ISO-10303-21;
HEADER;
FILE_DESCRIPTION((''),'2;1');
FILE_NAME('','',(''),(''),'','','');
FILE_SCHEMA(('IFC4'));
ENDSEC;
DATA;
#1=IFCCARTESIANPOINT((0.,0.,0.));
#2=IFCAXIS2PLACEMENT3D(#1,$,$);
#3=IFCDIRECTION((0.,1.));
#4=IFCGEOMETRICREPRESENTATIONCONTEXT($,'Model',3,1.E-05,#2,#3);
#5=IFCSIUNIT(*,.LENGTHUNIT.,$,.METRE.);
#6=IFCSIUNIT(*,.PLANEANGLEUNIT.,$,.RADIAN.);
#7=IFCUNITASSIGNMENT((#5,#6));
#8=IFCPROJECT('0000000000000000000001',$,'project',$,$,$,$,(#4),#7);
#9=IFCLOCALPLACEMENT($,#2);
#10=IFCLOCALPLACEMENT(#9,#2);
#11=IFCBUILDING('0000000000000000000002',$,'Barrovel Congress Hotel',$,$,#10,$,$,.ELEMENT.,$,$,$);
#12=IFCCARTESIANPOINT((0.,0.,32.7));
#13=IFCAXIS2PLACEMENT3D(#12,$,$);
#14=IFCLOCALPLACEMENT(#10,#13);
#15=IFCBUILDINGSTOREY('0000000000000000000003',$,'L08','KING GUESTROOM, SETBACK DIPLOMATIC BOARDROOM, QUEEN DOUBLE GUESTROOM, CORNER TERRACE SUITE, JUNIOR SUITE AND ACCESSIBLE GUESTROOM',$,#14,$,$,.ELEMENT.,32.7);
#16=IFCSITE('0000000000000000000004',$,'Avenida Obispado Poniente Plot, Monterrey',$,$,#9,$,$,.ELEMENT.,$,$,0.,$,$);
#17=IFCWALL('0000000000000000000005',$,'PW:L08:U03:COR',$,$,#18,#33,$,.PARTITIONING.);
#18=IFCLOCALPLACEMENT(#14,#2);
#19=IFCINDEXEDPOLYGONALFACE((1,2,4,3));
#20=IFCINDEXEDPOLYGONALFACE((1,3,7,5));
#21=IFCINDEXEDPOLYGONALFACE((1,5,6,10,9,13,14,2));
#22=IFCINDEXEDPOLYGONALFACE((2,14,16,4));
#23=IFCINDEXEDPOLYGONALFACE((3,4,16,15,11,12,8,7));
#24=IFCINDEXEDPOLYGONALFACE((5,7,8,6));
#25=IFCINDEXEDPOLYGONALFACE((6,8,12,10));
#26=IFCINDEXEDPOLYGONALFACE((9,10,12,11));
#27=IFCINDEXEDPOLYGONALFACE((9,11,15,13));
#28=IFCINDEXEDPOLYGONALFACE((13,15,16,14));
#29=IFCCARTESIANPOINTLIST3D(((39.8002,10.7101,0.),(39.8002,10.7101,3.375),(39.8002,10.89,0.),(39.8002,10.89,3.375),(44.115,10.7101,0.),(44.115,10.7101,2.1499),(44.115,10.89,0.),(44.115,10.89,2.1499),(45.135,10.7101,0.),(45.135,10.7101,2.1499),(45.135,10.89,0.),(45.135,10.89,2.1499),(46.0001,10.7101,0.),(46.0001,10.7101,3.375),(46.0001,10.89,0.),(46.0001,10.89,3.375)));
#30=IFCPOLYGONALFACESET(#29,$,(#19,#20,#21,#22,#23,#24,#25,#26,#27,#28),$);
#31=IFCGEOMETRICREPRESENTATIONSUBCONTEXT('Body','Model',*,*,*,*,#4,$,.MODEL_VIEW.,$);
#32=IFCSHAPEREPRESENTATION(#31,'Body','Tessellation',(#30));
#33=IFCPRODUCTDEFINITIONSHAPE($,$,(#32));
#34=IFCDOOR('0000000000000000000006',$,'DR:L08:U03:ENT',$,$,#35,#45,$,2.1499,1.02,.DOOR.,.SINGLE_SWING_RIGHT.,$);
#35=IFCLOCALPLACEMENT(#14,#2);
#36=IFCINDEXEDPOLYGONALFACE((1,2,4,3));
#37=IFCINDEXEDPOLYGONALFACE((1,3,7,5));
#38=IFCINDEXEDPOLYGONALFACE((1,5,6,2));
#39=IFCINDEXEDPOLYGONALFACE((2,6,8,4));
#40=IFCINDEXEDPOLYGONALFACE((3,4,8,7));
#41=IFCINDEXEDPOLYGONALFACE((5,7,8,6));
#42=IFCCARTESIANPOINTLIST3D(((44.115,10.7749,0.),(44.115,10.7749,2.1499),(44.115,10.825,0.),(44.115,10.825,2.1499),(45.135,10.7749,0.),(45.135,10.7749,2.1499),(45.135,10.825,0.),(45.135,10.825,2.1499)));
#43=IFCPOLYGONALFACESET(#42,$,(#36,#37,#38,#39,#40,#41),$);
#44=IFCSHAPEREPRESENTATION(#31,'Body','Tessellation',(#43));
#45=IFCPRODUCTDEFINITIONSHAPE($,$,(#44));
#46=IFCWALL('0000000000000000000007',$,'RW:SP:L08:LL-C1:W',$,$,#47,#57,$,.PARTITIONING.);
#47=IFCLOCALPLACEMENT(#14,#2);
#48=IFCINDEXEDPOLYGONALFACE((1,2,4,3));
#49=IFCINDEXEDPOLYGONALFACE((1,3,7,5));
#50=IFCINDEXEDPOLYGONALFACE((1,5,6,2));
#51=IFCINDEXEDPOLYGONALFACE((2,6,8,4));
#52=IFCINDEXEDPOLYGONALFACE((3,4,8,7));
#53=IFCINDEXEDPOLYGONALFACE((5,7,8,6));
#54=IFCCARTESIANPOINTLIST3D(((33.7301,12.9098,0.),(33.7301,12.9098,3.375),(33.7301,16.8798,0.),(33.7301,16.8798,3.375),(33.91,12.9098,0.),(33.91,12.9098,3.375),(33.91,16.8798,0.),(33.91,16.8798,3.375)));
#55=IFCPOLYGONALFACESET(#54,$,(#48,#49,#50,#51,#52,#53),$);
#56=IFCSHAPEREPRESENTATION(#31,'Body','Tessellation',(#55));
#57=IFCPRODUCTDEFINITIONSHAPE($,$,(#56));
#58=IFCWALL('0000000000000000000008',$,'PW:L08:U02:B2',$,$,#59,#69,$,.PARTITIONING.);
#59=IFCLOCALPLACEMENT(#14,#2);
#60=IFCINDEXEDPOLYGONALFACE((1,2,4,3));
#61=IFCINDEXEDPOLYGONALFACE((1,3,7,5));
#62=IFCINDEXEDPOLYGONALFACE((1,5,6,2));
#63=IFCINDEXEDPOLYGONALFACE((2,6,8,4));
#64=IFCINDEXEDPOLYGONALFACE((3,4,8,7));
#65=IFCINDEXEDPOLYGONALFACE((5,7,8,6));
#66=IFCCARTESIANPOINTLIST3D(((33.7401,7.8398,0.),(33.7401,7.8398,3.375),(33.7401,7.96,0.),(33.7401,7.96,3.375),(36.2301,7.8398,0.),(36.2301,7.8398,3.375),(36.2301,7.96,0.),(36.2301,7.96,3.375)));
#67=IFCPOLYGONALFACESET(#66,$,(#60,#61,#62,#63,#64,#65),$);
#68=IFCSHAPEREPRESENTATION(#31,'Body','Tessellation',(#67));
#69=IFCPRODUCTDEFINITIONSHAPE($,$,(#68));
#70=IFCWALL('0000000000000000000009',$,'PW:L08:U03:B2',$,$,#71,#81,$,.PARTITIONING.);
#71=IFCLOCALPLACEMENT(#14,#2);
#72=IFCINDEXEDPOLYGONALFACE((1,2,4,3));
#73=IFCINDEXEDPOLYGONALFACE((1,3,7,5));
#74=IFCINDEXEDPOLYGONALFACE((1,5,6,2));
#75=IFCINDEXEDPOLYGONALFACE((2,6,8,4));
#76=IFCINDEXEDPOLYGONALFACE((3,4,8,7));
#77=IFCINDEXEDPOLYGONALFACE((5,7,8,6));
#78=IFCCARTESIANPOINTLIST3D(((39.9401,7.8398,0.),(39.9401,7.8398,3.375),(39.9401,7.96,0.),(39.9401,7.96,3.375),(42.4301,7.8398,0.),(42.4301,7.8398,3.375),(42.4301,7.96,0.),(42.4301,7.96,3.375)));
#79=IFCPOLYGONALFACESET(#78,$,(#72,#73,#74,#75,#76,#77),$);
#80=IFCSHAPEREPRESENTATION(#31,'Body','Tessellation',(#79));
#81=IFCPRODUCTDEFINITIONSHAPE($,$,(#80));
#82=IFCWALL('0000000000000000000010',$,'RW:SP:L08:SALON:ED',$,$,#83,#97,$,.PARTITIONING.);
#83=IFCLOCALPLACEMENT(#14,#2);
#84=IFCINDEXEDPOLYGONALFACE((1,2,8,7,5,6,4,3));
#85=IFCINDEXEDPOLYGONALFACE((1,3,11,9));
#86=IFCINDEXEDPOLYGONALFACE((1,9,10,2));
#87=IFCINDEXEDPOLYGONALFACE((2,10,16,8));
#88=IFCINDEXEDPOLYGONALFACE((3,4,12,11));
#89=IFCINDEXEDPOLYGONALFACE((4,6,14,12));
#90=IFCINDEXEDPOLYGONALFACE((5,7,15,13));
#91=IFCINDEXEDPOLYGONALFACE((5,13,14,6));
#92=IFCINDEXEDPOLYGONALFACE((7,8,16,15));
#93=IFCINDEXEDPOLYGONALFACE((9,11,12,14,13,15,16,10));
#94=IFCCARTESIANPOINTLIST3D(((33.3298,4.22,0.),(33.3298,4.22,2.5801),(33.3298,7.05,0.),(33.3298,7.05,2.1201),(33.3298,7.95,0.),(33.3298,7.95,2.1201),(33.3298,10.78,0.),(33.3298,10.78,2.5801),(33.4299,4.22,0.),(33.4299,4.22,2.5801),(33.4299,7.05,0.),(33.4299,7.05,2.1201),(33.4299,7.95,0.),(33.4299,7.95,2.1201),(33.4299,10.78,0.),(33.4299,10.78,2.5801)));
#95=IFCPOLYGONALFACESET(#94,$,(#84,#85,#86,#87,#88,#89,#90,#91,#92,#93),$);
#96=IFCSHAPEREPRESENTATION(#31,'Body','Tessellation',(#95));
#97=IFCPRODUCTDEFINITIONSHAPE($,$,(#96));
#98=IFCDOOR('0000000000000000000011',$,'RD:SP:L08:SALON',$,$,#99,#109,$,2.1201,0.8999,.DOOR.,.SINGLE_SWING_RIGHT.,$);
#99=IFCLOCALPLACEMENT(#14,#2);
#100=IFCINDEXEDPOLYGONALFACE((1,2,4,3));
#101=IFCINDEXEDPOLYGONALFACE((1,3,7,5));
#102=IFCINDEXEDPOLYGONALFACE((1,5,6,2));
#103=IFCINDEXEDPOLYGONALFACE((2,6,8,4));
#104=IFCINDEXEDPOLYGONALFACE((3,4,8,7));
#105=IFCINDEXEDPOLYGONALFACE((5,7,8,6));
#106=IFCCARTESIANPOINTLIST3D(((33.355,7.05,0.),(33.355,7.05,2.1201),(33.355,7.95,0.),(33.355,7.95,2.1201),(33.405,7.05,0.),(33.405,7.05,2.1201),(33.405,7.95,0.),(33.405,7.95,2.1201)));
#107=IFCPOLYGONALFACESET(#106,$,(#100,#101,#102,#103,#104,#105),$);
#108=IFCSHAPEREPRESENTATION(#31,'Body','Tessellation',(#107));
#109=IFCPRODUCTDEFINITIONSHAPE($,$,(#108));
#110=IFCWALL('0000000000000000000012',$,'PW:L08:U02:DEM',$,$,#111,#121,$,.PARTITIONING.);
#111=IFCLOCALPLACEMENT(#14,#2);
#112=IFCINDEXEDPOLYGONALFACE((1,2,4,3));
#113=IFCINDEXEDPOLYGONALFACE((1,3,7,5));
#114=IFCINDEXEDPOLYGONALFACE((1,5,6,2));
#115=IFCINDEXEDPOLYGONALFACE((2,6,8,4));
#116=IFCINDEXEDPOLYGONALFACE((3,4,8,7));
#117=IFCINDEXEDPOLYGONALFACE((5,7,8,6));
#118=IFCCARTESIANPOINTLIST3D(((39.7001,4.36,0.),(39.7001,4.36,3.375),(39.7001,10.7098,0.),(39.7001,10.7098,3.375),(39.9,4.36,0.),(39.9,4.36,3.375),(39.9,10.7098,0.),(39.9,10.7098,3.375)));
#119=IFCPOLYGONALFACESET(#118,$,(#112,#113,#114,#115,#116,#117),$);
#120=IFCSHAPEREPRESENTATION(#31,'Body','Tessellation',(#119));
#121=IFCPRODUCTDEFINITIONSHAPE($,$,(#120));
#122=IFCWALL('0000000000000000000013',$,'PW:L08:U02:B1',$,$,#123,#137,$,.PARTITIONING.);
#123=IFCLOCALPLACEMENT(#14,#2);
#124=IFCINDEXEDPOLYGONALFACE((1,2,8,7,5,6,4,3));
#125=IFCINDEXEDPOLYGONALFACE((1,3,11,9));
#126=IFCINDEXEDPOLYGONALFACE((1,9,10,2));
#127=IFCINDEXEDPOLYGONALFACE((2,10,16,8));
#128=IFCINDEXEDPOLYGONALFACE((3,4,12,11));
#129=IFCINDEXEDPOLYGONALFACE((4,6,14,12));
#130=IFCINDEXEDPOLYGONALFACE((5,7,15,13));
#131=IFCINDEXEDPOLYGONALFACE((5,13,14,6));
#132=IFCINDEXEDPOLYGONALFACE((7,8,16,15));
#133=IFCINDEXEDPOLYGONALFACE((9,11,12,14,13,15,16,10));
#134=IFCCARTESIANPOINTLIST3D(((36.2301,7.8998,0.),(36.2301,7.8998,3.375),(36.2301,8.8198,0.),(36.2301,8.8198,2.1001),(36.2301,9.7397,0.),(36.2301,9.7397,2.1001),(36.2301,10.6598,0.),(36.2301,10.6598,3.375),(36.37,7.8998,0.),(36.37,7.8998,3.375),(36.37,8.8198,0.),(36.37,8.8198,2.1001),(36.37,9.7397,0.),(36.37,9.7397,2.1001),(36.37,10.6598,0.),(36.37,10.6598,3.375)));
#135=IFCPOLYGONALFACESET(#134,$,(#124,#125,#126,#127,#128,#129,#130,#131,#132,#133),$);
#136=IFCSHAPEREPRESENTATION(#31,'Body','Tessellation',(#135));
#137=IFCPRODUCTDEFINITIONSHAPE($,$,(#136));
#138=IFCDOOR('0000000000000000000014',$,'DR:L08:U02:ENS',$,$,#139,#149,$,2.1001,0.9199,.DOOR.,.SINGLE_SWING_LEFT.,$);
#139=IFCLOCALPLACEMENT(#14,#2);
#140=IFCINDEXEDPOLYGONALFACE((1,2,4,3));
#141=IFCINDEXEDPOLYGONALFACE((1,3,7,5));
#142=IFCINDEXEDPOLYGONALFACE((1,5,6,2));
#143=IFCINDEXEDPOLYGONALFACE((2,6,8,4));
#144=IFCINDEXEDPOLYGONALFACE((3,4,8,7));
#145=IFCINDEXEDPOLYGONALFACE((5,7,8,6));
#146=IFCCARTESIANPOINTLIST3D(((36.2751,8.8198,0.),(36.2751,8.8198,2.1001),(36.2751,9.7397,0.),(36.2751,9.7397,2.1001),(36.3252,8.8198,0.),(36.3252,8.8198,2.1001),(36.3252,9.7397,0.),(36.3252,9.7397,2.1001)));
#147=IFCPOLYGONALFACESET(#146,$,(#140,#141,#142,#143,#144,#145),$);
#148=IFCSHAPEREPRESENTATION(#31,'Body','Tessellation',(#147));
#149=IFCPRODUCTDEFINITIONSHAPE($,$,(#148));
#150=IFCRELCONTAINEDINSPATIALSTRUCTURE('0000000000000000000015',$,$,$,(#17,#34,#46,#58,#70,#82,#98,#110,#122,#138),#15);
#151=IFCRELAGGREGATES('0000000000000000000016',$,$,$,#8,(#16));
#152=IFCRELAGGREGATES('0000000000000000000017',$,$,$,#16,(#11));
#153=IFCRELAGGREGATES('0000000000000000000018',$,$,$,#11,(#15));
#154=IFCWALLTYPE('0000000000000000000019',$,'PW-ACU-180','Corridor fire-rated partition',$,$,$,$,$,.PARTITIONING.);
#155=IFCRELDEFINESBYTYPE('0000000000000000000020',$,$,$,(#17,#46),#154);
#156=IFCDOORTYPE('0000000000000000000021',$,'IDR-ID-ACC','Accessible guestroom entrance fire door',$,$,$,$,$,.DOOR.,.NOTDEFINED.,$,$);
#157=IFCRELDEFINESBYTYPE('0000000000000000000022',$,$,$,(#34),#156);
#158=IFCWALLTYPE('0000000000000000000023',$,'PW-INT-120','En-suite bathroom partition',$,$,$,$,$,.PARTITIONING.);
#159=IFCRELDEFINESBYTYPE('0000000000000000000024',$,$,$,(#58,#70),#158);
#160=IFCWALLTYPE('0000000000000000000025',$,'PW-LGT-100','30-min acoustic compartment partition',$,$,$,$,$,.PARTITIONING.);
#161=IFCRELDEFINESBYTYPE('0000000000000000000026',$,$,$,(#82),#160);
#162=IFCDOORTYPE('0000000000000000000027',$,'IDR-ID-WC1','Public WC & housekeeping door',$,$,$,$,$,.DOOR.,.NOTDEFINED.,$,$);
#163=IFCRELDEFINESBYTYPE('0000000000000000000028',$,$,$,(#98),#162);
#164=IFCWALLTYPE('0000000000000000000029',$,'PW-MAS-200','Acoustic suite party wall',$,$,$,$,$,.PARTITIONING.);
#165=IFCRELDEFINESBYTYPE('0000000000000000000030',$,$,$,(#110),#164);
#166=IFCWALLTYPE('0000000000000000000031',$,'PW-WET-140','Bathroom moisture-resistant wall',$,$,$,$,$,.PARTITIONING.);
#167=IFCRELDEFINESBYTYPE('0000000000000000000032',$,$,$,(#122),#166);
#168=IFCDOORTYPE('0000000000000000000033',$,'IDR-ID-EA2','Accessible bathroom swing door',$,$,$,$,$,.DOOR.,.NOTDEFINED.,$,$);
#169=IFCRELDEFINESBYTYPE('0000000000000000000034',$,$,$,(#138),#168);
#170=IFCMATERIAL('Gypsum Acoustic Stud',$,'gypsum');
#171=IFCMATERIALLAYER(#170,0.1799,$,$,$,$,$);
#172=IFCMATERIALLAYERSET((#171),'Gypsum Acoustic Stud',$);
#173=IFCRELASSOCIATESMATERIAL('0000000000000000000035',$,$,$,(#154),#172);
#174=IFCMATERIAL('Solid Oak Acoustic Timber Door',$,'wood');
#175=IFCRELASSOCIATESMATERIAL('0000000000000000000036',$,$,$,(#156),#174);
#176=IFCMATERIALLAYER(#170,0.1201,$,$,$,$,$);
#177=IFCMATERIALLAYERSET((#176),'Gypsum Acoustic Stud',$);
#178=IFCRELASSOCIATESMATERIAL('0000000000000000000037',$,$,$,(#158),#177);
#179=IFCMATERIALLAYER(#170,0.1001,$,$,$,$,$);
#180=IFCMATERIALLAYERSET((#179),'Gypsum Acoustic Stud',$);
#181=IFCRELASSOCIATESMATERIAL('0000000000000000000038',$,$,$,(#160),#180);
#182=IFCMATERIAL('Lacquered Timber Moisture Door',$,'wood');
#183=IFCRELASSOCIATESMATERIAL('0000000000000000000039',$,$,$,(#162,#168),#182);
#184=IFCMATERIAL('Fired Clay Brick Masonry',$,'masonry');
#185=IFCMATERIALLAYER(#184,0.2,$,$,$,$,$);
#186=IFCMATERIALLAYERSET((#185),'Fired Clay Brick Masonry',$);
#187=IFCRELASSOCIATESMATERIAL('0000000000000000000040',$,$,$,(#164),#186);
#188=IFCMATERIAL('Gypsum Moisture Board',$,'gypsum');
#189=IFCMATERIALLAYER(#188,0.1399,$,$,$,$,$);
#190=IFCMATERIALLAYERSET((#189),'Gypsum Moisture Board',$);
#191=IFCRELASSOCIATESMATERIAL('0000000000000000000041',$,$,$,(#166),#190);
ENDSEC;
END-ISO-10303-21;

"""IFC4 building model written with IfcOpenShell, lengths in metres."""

from ifc_helpers import new_model, si_unit, direction, frame, frame_2d, origin, place, context, subcontext, project, spatial, rectangle, extrude, material, layer, layer_set, type_object, element, fill, save


model = new_model("IFC4")

# Units and contexts
model_context = context("Model", 3, precision=1e-05, world=origin(), true_north=direction((0.0, 1.0)))
body_context = subcontext(model_context, "Body", "Model", "MODEL_VIEW")
ifc_project = project(units=[si_unit("LENGTHUNIT", "METRE"), si_unit("PLANEANGLEUNIT", "RADIAN")], contexts=[model_context])

# Site, building, storey
site_placement = place(None, origin())
site = spatial("IfcSite", under=ifc_project, at=site_placement, Name="Avenida Obispado Poniente Plot, Monterrey", CompositionType="ELEMENT", RefElevation=0.0)
building_placement = place(site_placement, origin())
building = spatial("IfcBuilding", under=site, at=building_placement, Name="Barrovel Congress Hotel", CompositionType="ELEMENT")
storey_placement = place(building_placement, frame((0.0, 0.0, 32.7)))
storey = spatial("IfcBuildingStorey", under=building, at=storey_placement, Name="L08", Description="KING GUESTROOM, SETBACK DIPLOMATIC BOARDROOM, QUEEN DOUBLE GUESTROOM, CORNER TERRACE SUITE, JUNIOR SUITE AND ACCESSIBLE GUESTROOM", CompositionType="ELEMENT", Elevation=32.7)

# Shared definitions
ifc_material_1 = material(Name="Fired Clay Brick Masonry", Category="masonry")

# Wall, opening, door
ifc_material_2 = material(Name="Gypsum Acoustic Stud", Category="gypsum")
ifc_layer_1 = layer(ifc_material_2, 0.1799)
ifc_layer_set_1 = layer_set([ifc_layer_1], Name="Gypsum Acoustic Stud")
wall_type_1 = type_object("IfcWallType", Name="PW-ACU-180", Description="Corridor fire-rated partition", PredefinedType="PARTITIONING", material=ifc_layer_set_1)
ifc_material_3 = material(Name="Solid Oak Acoustic Timber Door", Category="wood")
door_type_1 = type_object("IfcDoorType", Name="IDR-ID-ACC", Description="Accessible guestroom entrance fire door", OperationType="NOTDEFINED", PredefinedType="DOOR", material=ifc_material_3)
wall_1_placement = place(storey_placement, frame((39.8, 10.8, 0.0), z_axis=(0.0, 0.0, 1.0), x_axis=(1.0, 0.0, 0.0)))
wall_1 = element("IfcWall", 1, at=wall_1_placement, inside=storey, type_object=wall_type_1, Name="PW:L08:U03:COR", PredefinedType="PARTITIONING", context=body_context, shape_type="SweptSolid", body=[
    extrude(rectangle(XDim=6.2, YDim=0.1799, at=frame_2d((3.1001, 0.0))), origin(), (0.0, 0.0, 1.0), 3.375),
])
opening_1_placement = place(wall_1_placement, frame((4.3149, 0.0, 0.0)))
opening_1 = element("IfcOpeningElement", 2, at=opening_1_placement, cuts=wall_1, PredefinedType="OPENING", context=body_context, shape_type="SweptSolid", body=[
    extrude(rectangle(XDim=1.02, YDim=2.1499, at=frame_2d((0.51, 1.075))), frame((0.0, 0.1001, 0.0), z_axis=(0.0, -1.0, 0.0), x_axis=(1.0, 0.0, 0.0)), (0.0, 0.0, 1.0), 0.2),
])
door_1_placement = place(opening_1_placement, origin())
door_1 = element("IfcDoor", 3, at=door_1_placement, inside=storey, type_object=door_type_1, Name="DR:L08:U03:ENT", OperationType="SINGLE_SWING_RIGHT", OverallHeight=2.1499, OverallWidth=1.02, PredefinedType="DOOR", context=body_context, shape_type="SweptSolid", body=[
    extrude(rectangle(XDim=1.02, YDim=2.1499, at=frame_2d((0.51, 1.075))), frame((0.0, 0.0249, 0.0), z_axis=(0.0, -1.0, 0.0), x_axis=(1.0, 0.0, 0.0)), (0.0, 0.0, 1.0), 0.05),
])
fill(opening_1, door_1)

# Wall
wall_2_placement = place(storey_placement, frame((33.8201, 12.9099, 0.0), z_axis=(0.0, 0.0, 1.0), x_axis=(0.0, 1.0, 0.0)))
element("IfcWall", 4, at=wall_2_placement, inside=storey, type_object=wall_type_1, Name="RW:SP:L08:LL-C1:W", PredefinedType="PARTITIONING", context=body_context, shape_type="SweptSolid", body=[
    extrude(rectangle(XDim=3.97, YDim=0.1799, at=frame_2d((1.9849, 0.0))), origin(), (0.0, 0.0, 1.0), 3.375),
])

# Walls
ifc_layer_2 = layer(ifc_material_2, 0.1201)
ifc_layer_set_2 = layer_set([ifc_layer_2], Name="Gypsum Acoustic Stud")
wall_type_2 = type_object("IfcWallType", Name="PW-INT-120", Description="En-suite bathroom partition", PredefinedType="PARTITIONING", material=ifc_layer_set_2)
for number, where, z_axis, x_axis, name in (
    (5, (33.74, 7.8999, 0.0), (0.0, 0.0, 1.0), (1.0, 0.0, 0.0), "PW:L08:U02:B2"),
    (6, (39.9399, 7.8999, 0.0), (0.0, 0.0, 1.0), (1.0, 0.0, 0.0), "PW:L08:U03:B2"),
):
    element("IfcWall", number, at=place(storey_placement, frame(where, z_axis=z_axis, x_axis=x_axis)), inside=storey, type_object=wall_type_2, Name=name, PredefinedType="PARTITIONING", context=body_context, shape_type="SweptSolid", body=[
        extrude(rectangle(XDim=2.49, YDim=0.1201, at=frame_2d((1.2451, 0.0))), origin(), (0.0, 0.0, 1.0), 3.375),
    ])

# Wall, opening, door
ifc_layer_3 = layer(ifc_material_2, 0.1001)
ifc_layer_set_3 = layer_set([ifc_layer_3], Name="Gypsum Acoustic Stud")
wall_type_3 = type_object("IfcWallType", Name="PW-LGT-100", Description="30-min acoustic compartment partition", PredefinedType="PARTITIONING", material=ifc_layer_set_3)
wall_3_placement = place(storey_placement, frame((33.3799, 4.22, 0.0), z_axis=(0.0, 0.0, 1.0), x_axis=(0.0, 1.0, 0.0)))
wall_3 = element("IfcWall", 7, at=wall_3_placement, inside=storey, type_object=wall_type_3, Name="RW:SP:L08:SALON:ED", PredefinedType="PARTITIONING", context=body_context, shape_type="SweptSolid", body=[
    extrude(rectangle(XDim=6.5601, YDim=0.1001, at=frame_2d((3.28, 0.0))), origin(), (0.0, 0.0, 1.0), 2.5801),
])
opening_2_placement = place(wall_3_placement, frame((2.8301, 0.0, 0.0)))
opening_2 = element("IfcOpeningElement", 8, at=opening_2_placement, cuts=wall_3, PredefinedType="OPENING", context=body_context, shape_type="SweptSolid", body=[
    extrude(rectangle(XDim=0.8999, YDim=2.1201, at=frame_2d((0.45, 1.0601))), frame((0.0, 0.0601, 0.0), z_axis=(0.0, -1.0, 0.0), x_axis=(1.0, 0.0, 0.0)), (0.0, 0.0, 1.0), 0.1201),
])
ifc_material_4 = material(Name="Lacquered Timber Moisture Door", Category="wood")
door_type_2 = type_object("IfcDoorType", Name="IDR-ID-WC1", Description="Public WC & housekeeping door", OperationType="NOTDEFINED", PredefinedType="DOOR", material=ifc_material_4)
door_2_placement = place(opening_2_placement, origin())
door_2 = element("IfcDoor", 9, at=door_2_placement, inside=storey, type_object=door_type_2, Name="RD:SP:L08:SALON", OperationType="SINGLE_SWING_RIGHT", OverallHeight=2.1201, OverallWidth=0.8999, PredefinedType="DOOR", context=body_context, shape_type="SweptSolid", body=[
    extrude(rectangle(XDim=0.8999, YDim=2.1201, at=frame_2d((0.45, 1.0601))), frame((0.0, 0.0249, 0.0), z_axis=(0.0, -1.0, 0.0), x_axis=(1.0, 0.0, 0.0)), (0.0, 0.0, 1.0), 0.05),
])
fill(opening_2, door_2)

# Wall
ifc_layer_4 = layer(ifc_material_1, 0.2)
ifc_layer_set_4 = layer_set([ifc_layer_4], Name="Fired Clay Brick Masonry")
wall_type_4 = type_object("IfcWallType", Name="PW-MAS-200", Description="Acoustic suite party wall", PredefinedType="PARTITIONING", material=ifc_layer_set_4)
wall_4_placement = place(storey_placement, frame((39.8, 4.3601, 0.0), z_axis=(0.0, 0.0, 1.0), x_axis=(0.0, 1.0, 0.0)))
element("IfcWall", 10, at=wall_4_placement, inside=storey, type_object=wall_type_4, Name="PW:L08:U02:DEM", PredefinedType="PARTITIONING", context=body_context, shape_type="SweptSolid", body=[
    extrude(rectangle(XDim=6.3499, YDim=0.2, at=frame_2d((3.1748, 0.0))), origin(), (0.0, 0.0, 1.0), 3.375),
])

# Wall, opening, door
ifc_material_5 = material(Name="Gypsum Moisture Board", Category="gypsum")
ifc_layer_5 = layer(ifc_material_5, 0.1399)
ifc_layer_set_5 = layer_set([ifc_layer_5], Name="Gypsum Moisture Board")
wall_type_5 = type_object("IfcWallType", Name="PW-WET-140", Description="Bathroom moisture-resistant wall", PredefinedType="PARTITIONING", material=ifc_layer_set_5)
wall_5_placement = place(storey_placement, frame((36.3, 7.8999, 0.0), z_axis=(0.0, 0.0, 1.0), x_axis=(0.0, 1.0, 0.0)))
wall_5 = element("IfcWall", 11, at=wall_5_placement, inside=storey, type_object=wall_type_5, Name="PW:L08:U02:B1", PredefinedType="PARTITIONING", context=body_context, shape_type="SweptSolid", body=[
    extrude(rectangle(XDim=2.76, YDim=0.1399, at=frame_2d((1.3799, 0.0))), origin(), (0.0, 0.0, 1.0), 3.375),
])
opening_3_placement = place(wall_5_placement, frame((0.9199, 0.0, 0.0)))
opening_3 = element("IfcOpeningElement", 12, at=opening_3_placement, cuts=wall_5, PredefinedType="OPENING", context=body_context, shape_type="SweptSolid", body=[
    extrude(rectangle(XDim=0.9199, YDim=2.1001, at=frame_2d((0.46, 1.05))), frame((0.0, 0.0801, 0.0), z_axis=(0.0, -1.0, 0.0), x_axis=(1.0, 0.0, 0.0)), (0.0, 0.0, 1.0), 0.1599),
])
door_type_3 = type_object("IfcDoorType", Name="IDR-ID-EA2", Description="Accessible bathroom swing door", OperationType="NOTDEFINED", PredefinedType="DOOR", material=ifc_material_4)
door_3_placement = place(opening_3_placement, origin())
door_3 = element("IfcDoor", 13, at=door_3_placement, inside=storey, type_object=door_type_3, Name="DR:L08:U02:ENS", OperationType="SINGLE_SWING_LEFT", OverallHeight=2.1001, OverallWidth=0.9199, PredefinedType="DOOR", context=body_context, shape_type="SweptSolid", body=[
    extrude(rectangle(XDim=0.9199, YDim=2.1001, at=frame_2d((0.46, 1.05))), frame((0.0, 0.0249, 0.0), z_axis=(0.0, -1.0, 0.0), x_axis=(1.0, 0.0, 0.0)), (0.0, 0.0, 1.0), 0.05),
])
fill(opening_3, door_3)

save(model, "model.ifc")
